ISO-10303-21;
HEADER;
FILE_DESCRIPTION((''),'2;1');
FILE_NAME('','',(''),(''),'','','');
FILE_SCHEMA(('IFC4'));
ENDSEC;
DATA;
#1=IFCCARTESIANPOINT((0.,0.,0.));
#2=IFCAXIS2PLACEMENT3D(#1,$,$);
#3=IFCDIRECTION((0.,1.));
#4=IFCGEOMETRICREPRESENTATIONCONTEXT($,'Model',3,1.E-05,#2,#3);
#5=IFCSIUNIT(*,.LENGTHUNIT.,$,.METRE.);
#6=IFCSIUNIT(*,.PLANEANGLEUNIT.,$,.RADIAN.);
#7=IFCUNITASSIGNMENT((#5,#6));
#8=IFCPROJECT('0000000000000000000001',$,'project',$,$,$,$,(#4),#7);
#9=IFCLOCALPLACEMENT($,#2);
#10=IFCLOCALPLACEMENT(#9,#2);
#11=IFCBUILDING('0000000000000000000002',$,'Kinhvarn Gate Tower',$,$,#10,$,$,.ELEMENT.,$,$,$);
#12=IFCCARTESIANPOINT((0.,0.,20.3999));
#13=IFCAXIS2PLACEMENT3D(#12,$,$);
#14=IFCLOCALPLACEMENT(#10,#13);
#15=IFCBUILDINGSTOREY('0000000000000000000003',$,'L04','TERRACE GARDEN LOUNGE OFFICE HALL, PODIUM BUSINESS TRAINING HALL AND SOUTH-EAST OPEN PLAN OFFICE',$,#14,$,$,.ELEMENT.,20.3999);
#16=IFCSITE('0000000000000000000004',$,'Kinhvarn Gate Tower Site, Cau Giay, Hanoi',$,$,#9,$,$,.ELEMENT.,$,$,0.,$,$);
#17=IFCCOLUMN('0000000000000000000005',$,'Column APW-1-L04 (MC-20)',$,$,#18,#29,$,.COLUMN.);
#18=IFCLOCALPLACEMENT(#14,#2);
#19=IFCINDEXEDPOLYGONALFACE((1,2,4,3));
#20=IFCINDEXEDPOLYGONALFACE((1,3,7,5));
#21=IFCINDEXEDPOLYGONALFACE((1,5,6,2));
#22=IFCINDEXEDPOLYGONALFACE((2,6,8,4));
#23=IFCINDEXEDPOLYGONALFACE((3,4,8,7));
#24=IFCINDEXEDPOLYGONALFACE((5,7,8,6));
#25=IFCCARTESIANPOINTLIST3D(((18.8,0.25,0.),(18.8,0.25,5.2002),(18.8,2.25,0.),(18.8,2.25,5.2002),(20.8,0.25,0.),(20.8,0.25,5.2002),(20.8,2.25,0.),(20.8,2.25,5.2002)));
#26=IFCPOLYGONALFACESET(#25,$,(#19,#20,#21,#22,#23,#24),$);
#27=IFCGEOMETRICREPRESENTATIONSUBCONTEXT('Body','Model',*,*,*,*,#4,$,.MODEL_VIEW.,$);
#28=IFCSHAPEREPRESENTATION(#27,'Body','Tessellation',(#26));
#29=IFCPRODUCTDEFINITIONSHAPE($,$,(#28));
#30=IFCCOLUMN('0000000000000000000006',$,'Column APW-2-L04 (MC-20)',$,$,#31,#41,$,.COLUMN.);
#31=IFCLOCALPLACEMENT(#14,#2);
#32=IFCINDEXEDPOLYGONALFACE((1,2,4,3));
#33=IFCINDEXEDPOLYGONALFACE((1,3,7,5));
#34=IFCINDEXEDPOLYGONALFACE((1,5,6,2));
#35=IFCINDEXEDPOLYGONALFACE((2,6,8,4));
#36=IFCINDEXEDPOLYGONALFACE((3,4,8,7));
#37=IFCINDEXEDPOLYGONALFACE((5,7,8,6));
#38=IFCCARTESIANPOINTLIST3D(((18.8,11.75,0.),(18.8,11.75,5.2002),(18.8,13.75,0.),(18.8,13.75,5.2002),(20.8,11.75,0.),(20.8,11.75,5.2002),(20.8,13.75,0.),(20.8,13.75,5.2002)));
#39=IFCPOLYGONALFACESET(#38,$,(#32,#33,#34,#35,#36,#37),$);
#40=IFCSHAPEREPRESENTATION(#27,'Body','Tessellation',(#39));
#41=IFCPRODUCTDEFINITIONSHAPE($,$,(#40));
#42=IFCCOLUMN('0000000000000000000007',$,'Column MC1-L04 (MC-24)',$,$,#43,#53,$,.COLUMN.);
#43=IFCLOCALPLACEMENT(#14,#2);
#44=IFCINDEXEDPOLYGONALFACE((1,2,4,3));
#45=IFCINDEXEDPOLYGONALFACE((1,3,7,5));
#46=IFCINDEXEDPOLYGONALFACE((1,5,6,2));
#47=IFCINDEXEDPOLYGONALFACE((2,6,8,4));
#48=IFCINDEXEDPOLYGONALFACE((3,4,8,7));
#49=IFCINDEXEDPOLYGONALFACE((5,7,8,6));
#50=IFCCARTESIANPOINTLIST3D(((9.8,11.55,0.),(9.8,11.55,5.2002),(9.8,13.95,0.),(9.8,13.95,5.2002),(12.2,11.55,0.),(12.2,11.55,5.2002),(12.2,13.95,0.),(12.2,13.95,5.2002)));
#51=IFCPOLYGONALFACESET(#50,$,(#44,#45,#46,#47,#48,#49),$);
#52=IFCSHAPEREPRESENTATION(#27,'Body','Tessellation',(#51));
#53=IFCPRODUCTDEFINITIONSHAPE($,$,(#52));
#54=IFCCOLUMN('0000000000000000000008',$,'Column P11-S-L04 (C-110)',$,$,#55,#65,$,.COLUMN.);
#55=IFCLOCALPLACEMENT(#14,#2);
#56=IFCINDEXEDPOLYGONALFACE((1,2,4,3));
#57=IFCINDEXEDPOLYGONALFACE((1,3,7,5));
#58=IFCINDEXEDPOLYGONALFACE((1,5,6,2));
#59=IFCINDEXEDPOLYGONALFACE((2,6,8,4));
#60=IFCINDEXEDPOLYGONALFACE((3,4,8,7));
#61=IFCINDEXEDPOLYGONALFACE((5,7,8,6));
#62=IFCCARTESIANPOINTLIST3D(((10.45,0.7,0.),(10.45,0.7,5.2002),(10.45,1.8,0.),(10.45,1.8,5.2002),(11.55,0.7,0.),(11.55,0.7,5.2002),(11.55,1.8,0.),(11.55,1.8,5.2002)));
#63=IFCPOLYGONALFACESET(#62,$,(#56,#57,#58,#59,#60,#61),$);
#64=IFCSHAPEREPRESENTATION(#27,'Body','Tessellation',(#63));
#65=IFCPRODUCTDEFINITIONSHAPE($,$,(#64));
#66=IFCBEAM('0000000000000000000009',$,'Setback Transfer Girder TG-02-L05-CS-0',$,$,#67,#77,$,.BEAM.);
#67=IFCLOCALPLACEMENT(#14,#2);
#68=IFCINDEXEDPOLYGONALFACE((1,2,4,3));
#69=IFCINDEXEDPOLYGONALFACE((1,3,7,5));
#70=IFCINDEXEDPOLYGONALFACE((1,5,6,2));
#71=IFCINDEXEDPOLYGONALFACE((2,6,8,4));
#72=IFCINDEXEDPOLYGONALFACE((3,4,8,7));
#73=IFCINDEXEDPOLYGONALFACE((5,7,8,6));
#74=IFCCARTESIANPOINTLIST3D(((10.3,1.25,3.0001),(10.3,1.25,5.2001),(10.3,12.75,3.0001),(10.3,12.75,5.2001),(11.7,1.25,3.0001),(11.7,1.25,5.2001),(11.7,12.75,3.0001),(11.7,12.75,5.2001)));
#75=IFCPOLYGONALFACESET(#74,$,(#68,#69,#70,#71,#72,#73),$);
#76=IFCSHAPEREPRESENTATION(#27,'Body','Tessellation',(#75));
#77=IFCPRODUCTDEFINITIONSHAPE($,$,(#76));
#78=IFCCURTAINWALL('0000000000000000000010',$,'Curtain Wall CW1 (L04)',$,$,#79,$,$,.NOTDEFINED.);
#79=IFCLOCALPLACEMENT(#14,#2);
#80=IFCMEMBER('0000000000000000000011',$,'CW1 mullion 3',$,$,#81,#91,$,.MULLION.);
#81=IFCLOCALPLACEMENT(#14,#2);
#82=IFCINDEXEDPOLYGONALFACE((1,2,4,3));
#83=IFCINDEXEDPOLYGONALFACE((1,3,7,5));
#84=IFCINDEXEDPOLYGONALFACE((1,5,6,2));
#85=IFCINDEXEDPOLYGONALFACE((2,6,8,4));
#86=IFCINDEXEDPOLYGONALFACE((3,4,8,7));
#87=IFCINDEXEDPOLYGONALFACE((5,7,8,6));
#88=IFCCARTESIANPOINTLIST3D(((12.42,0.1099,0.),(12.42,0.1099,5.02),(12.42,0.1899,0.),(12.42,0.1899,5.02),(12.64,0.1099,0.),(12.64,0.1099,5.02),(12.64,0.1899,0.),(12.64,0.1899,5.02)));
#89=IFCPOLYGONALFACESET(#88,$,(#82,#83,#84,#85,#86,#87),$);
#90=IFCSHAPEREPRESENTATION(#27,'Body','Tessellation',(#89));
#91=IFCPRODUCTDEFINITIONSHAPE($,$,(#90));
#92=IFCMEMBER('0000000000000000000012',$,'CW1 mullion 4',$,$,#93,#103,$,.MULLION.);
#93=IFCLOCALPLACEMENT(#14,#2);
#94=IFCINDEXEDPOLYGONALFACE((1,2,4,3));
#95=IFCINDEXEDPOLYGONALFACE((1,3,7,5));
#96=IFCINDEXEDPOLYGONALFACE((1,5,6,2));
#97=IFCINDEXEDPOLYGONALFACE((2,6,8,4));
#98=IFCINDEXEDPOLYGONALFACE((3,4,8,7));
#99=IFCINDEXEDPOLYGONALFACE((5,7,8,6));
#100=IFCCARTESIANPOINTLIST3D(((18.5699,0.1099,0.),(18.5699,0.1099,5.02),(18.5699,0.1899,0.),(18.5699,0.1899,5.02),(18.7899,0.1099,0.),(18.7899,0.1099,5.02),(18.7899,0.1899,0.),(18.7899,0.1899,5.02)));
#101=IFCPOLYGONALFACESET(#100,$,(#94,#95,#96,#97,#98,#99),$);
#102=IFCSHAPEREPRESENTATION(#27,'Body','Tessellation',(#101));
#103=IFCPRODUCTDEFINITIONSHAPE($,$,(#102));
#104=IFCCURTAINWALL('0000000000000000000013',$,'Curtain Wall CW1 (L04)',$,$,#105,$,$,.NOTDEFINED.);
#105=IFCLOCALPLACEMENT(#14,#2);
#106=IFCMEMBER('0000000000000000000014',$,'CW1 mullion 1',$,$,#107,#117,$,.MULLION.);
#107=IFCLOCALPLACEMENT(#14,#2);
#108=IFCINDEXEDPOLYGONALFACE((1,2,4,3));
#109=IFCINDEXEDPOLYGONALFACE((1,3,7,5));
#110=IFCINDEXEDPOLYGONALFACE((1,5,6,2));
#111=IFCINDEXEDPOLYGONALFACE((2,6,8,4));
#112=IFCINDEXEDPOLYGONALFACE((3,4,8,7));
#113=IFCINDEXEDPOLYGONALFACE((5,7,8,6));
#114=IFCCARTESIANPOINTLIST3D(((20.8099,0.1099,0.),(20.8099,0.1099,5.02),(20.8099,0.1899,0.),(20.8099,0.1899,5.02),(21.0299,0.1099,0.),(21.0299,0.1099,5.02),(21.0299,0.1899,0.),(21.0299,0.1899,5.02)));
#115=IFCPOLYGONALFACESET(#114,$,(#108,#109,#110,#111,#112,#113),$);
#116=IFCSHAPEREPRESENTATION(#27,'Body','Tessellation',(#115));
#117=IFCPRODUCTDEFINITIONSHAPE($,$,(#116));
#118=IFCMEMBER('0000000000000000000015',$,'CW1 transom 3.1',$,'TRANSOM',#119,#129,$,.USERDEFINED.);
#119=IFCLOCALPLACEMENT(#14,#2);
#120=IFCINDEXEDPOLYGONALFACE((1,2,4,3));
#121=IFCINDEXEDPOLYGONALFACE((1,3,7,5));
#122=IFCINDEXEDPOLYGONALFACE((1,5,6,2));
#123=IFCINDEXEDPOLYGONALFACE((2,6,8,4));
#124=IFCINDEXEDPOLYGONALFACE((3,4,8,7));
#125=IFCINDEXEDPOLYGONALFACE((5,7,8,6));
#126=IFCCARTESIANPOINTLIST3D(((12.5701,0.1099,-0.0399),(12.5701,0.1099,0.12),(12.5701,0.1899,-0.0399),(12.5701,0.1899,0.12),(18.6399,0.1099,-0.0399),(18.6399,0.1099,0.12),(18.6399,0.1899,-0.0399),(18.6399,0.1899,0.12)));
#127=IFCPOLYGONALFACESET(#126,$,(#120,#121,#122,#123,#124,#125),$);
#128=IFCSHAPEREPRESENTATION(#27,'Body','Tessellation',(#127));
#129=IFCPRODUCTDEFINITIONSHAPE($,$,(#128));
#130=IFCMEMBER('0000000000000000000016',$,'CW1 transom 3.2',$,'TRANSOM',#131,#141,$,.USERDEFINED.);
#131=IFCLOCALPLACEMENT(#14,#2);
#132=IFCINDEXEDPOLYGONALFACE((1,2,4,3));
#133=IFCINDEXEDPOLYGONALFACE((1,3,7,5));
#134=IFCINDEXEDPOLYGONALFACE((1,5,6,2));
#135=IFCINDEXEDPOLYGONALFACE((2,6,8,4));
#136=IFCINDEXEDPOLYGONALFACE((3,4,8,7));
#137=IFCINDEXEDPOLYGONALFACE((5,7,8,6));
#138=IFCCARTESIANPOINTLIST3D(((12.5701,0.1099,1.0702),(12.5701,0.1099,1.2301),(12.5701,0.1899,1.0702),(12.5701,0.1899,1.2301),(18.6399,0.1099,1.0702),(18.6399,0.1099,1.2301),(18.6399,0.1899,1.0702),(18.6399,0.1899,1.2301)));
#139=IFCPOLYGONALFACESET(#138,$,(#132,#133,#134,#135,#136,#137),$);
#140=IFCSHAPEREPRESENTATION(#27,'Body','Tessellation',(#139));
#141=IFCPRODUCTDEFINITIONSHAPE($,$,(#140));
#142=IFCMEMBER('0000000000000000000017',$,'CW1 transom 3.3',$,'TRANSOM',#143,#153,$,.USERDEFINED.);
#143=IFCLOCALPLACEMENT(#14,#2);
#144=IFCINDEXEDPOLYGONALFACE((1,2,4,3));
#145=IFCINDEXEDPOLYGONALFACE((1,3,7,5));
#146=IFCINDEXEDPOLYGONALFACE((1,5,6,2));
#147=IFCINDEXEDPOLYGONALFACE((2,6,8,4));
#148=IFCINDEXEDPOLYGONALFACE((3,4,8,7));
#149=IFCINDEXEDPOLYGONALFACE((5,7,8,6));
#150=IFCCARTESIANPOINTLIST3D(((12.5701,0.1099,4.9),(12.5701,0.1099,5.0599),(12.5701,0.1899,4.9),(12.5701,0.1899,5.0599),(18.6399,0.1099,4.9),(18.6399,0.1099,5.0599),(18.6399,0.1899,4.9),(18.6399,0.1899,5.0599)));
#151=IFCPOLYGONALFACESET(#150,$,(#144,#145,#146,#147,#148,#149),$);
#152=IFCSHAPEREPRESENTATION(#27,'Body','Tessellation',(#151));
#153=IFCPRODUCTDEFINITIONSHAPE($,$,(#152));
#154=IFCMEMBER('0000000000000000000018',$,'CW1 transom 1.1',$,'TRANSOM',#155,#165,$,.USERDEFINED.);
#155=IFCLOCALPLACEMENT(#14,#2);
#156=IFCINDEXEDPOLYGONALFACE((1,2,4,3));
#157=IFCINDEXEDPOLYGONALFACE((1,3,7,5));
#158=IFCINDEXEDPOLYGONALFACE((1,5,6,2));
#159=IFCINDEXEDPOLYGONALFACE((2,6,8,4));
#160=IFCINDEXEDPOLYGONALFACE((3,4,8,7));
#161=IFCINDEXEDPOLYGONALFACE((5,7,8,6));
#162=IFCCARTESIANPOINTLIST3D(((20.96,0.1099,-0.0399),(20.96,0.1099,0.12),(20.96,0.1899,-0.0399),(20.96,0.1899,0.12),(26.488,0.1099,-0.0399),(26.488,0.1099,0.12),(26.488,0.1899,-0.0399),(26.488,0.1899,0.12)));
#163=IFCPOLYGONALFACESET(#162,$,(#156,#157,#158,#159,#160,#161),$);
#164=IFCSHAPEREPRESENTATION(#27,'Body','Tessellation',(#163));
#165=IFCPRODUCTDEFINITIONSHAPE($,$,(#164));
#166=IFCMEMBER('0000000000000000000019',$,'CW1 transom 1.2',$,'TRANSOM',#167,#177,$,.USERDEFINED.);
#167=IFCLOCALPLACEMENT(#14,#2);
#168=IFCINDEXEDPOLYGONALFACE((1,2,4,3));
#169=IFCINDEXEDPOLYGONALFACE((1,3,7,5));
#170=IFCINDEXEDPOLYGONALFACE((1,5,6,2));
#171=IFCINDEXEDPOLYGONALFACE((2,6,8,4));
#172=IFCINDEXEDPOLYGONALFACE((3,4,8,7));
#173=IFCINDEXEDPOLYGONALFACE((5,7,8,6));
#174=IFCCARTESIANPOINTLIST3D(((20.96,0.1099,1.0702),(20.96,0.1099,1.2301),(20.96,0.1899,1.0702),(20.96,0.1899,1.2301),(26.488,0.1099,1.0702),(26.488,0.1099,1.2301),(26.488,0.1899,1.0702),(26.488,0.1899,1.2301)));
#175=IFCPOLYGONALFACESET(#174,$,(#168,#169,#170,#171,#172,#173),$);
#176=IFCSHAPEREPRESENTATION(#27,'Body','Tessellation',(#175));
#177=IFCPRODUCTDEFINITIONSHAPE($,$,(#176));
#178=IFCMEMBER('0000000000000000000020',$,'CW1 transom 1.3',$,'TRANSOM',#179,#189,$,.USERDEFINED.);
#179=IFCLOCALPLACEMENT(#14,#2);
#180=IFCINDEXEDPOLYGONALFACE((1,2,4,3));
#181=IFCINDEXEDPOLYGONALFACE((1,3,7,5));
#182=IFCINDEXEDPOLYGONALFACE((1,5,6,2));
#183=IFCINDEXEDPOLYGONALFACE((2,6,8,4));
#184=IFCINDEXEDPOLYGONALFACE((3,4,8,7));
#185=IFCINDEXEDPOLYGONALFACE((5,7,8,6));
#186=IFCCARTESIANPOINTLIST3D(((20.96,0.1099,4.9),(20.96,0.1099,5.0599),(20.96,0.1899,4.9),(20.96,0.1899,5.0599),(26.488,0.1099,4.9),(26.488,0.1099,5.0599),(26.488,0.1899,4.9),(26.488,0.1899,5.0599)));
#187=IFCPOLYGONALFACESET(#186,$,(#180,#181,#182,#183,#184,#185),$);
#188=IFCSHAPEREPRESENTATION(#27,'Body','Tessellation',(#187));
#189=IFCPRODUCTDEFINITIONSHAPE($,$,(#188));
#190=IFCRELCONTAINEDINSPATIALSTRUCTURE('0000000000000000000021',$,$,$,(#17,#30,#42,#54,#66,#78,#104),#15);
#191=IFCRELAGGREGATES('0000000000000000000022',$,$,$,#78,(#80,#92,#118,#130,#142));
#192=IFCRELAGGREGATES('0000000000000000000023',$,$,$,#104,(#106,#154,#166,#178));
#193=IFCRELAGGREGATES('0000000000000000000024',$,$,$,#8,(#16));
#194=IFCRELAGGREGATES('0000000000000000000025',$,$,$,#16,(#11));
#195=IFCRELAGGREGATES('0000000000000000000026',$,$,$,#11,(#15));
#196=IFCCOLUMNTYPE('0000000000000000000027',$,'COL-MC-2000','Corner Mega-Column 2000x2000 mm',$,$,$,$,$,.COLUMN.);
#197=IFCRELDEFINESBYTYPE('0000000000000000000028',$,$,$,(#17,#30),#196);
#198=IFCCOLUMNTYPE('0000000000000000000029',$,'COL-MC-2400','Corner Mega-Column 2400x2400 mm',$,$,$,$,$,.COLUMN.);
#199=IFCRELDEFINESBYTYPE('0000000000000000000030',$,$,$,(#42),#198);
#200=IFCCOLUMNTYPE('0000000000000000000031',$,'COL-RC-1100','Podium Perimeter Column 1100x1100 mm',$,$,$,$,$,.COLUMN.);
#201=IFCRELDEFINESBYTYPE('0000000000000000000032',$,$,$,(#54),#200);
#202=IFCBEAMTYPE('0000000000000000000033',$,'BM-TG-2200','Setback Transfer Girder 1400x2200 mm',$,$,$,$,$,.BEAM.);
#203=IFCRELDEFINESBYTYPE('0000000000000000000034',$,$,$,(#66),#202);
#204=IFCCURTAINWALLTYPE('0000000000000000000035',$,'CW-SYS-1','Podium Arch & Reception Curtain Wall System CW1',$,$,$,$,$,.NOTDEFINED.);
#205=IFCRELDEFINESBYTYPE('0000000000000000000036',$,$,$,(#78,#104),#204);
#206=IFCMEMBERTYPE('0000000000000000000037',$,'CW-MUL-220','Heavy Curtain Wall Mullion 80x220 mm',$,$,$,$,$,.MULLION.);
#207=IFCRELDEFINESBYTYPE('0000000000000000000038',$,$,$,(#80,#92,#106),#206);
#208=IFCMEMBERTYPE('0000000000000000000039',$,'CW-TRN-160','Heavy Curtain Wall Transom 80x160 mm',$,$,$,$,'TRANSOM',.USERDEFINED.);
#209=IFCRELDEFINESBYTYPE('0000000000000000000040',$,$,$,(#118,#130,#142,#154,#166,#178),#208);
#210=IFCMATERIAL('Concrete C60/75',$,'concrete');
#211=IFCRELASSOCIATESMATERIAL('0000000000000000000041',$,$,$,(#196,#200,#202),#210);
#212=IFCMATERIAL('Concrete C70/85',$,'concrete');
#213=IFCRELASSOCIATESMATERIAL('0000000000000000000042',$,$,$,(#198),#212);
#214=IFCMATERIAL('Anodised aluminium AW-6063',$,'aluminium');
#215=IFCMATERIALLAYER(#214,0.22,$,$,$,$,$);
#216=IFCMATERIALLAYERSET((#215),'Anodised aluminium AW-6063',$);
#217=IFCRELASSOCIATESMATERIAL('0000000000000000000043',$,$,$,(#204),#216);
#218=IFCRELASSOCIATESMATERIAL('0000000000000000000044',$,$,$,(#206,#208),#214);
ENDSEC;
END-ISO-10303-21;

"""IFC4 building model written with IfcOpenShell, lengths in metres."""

from ifc_helpers import new_model, si_unit, direction, frame, origin, origin_2d, place, context, subcontext, project, spatial, rectangle, extrude, material, layer, layer_set, material_profile, profile_set, type_object, element, aggregate, save


model = new_model("IFC4")

# Units and contexts
model_context = context("Model", 3, precision=1e-05, world=origin(), true_north=direction((0.0, 1.0)))
body_context = subcontext(model_context, "Body", "Model", "MODEL_VIEW")
ifc_project = project(units=[si_unit("LENGTHUNIT", "METRE"), si_unit("PLANEANGLEUNIT", "RADIAN")], contexts=[model_context])

# Site, building, storey
site_placement = place(None, origin())
site = spatial("IfcSite", under=ifc_project, at=site_placement, Name="Kinhvarn Gate Tower Site, Cau Giay, Hanoi", CompositionType="ELEMENT", RefElevation=0.0)
building_placement = place(site_placement, origin())
building = spatial("IfcBuilding", under=site, at=building_placement, Name="Kinhvarn Gate Tower", CompositionType="ELEMENT")
storey_placement = place(building_placement, frame((0.0, 0.0, 20.3999)))
storey = spatial("IfcBuildingStorey", under=building, at=storey_placement, Name="L04", Description="TERRACE GARDEN LOUNGE OFFICE HALL, PODIUM BUSINESS TRAINING HALL AND SOUTH-EAST OPEN PLAN OFFICE", CompositionType="ELEMENT", Elevation=20.3999)

# Columns
ifc_material_1 = material(Name="Concrete C60/75", Category="concrete")
ifc_material_profile_1 = material_profile(ifc_material_1, rectangle(XDim=2.0, YDim=2.0, at=origin_2d()), Name="RC 2000x2000")
ifc_profile_set_1 = profile_set([ifc_material_profile_1], Name="Concrete C60/75")
column_type_1 = type_object("IfcColumnType", Name="COL-MC-2000", Description="Corner Mega-Column 2000x2000 mm", PredefinedType="COLUMN", material=ifc_profile_set_1)
for number, where, z_axis, x_axis, name in (
    (1, (19.8, 1.25, 0.0), (0.0, 0.0, 1.0), (1.0, 0.0, 0.0), "Column APW-1-L04 (MC-20)"),
    (2, (19.8, 12.75, 0.0), (0.0, 0.0, 1.0), (1.0, 0.0, 0.0), "Column APW-2-L04 (MC-20)"),
):
    element("IfcColumn", number, at=place(storey_placement, frame(where, z_axis=z_axis, x_axis=x_axis)), inside=storey, type_object=column_type_1, Name=name, PredefinedType="COLUMN", context=body_context, shape_type="SweptSolid", body=[
        extrude(rectangle(XDim=2.0, YDim=2.0, at=origin_2d()), origin(), (0.0, 0.0, 1.0), 5.2002),
    ])
ifc_material_2 = material(Name="Concrete C70/85", Category="concrete")
ifc_material_profile_2 = material_profile(ifc_material_2, rectangle(XDim=2.3999, YDim=2.3999, at=origin_2d()), Name="RC 2400x2400")
ifc_profile_set_2 = profile_set([ifc_material_profile_2], Name="Concrete C70/85")
column_type_2 = type_object("IfcColumnType", Name="COL-MC-2400", Description="Corner Mega-Column 2400x2400 mm", PredefinedType="COLUMN", material=ifc_profile_set_2)
column_1_placement = place(storey_placement, frame((11.0, 12.75, 0.0), z_axis=(0.0, 0.0, 1.0), x_axis=(1.0, 0.0, 0.0)))
element("IfcColumn", 3, at=column_1_placement, inside=storey, type_object=column_type_2, Name="Column MC1-L04 (MC-24)", PredefinedType="COLUMN", context=body_context, shape_type="SweptSolid", body=[
    extrude(rectangle(XDim=2.3999, YDim=2.3999, at=origin_2d()), origin(), (0.0, 0.0, 1.0), 5.2002),
])
ifc_material_profile_3 = material_profile(ifc_material_1, rectangle(XDim=1.1001, YDim=1.1001, at=origin_2d()), Name="RC 1100x1100")
ifc_profile_set_3 = profile_set([ifc_material_profile_3], Name="Concrete C60/75")
column_type_3 = type_object("IfcColumnType", Name="COL-RC-1100", Description="Podium Perimeter Column 1100x1100 mm", PredefinedType="COLUMN", material=ifc_profile_set_3)
column_2_placement = place(storey_placement, frame((11.0, 1.25, 0.0), z_axis=(0.0, 0.0, 1.0), x_axis=(1.0, 0.0, 0.0)))
element("IfcColumn", 4, at=column_2_placement, inside=storey, type_object=column_type_3, Name="Column P11-S-L04 (C-110)", PredefinedType="COLUMN", context=body_context, shape_type="SweptSolid", body=[
    extrude(rectangle(XDim=1.1001, YDim=1.1001, at=origin_2d()), origin(), (0.0, 0.0, 1.0), 5.2002),
])

# Beam
ifc_material_profile_4 = material_profile(ifc_material_1, rectangle(XDim=1.3999, YDim=2.2, at=origin_2d()), Name="RC 1400x2200")
ifc_profile_set_4 = profile_set([ifc_material_profile_4], Name="Concrete C60/75")
beam_type_1 = type_object("IfcBeamType", Name="BM-TG-2200", Description="Setback Transfer Girder 1400x2200 mm", PredefinedType="BEAM", material=ifc_profile_set_4)
beam_1_placement = place(storey_placement, frame((11.0, 1.25, 4.1001), z_axis=(0.0, 1.0, 0.0), x_axis=(-1.0, 0.0, 0.0)))
element("IfcBeam", 5, at=beam_1_placement, inside=storey, type_object=beam_type_1, Name="Setback Transfer Girder TG-02-L05-CS-0", PredefinedType="BEAM", context=body_context, shape_type="SweptSolid", body=[
    extrude(rectangle(XDim=1.3999, YDim=2.2, at=origin_2d()), origin(), (0.0, 0.0, 1.0), 11.5),
])

# Curtain wall, members
ifc_material_3 = material(Name="Anodised aluminium AW-6063", Category="aluminium")
ifc_layer_1 = layer(ifc_material_3, 0.22)
ifc_layer_set_1 = layer_set([ifc_layer_1], Name="Anodised aluminium AW-6063")
curtain_wall_type = type_object("IfcCurtainWallType", Name="CW-SYS-1", Description="Podium Arch & Reception Curtain Wall System CW1", PredefinedType="NOTDEFINED", material=ifc_layer_set_1)
curtain_wall_1_placement = place(storey_placement, origin())
curtain_wall_1 = element("IfcCurtainWall", 6, at=curtain_wall_1_placement, inside=storey, type_object=curtain_wall_type, Name="Curtain Wall CW1 (L04)", PredefinedType="NOTDEFINED")
ifc_material_profile_5 = material_profile(ifc_material_3, rectangle(XDim=0.0801, YDim=0.22, at=origin_2d()), Name="ALU 80x220")
ifc_profile_set_5 = profile_set([ifc_material_profile_5], Name="Anodised aluminium AW-6063")
member_type_1 = type_object("IfcMemberType", Name="CW-MUL-220", Description="Heavy Curtain Wall Mullion 80x220 mm", PredefinedType="MULLION", material=ifc_profile_set_5)
member_1_placement = place(storey_placement, frame((12.53, 0.1499, 0.0), z_axis=(0.0, 0.0, 1.0), x_axis=(0.0, 1.0, 0.0)))
member_1 = element("IfcMember", 7, at=member_1_placement, type_object=member_type_1, Name="CW1 mullion 3", PredefinedType="MULLION", context=body_context, shape_type="SweptSolid", body=[
    extrude(rectangle(XDim=0.0801, YDim=0.22, at=origin_2d()), origin(), (0.0, 0.0, 1.0), 5.02),
])
member_2_placement = place(storey_placement, frame((18.6799, 0.1499, 0.0), z_axis=(0.0, 0.0, 1.0), x_axis=(0.0, 1.0, 0.0)))
member_2 = element("IfcMember", 8, at=member_2_placement, type_object=member_type_1, Name="CW1 mullion 4", PredefinedType="MULLION", context=body_context, shape_type="SweptSolid", body=[
    extrude(rectangle(XDim=0.0801, YDim=0.22, at=origin_2d()), origin(), (0.0, 0.0, 1.0), 5.02),
])

# Curtain wall, member
curtain_wall_2_placement = place(storey_placement, origin())
curtain_wall_2 = element("IfcCurtainWall", 9, at=curtain_wall_2_placement, inside=storey, type_object=curtain_wall_type, Name="Curtain Wall CW1 (L04)", PredefinedType="NOTDEFINED")
member_3_placement = place(storey_placement, frame((20.9199, 0.1499, 0.0), z_axis=(0.0, 0.0, 1.0), x_axis=(0.0, 1.0, 0.0)))
member_3 = element("IfcMember", 10, at=member_3_placement, type_object=member_type_1, Name="CW1 mullion 1", PredefinedType="MULLION", context=body_context, shape_type="SweptSolid", body=[
    extrude(rectangle(XDim=0.0801, YDim=0.22, at=origin_2d()), origin(), (0.0, 0.0, 1.0), 5.02),
])

# Members
ifc_material_profile_6 = material_profile(ifc_material_3, rectangle(XDim=0.0801, YDim=0.1599, at=origin_2d()), Name="ALU 80x160")
ifc_profile_set_6 = profile_set([ifc_material_profile_6], Name="Anodised aluminium AW-6063")
member_type_2 = type_object("IfcMemberType", Name="CW-TRN-160", Description="Heavy Curtain Wall Transom 80x160 mm", ElementType="TRANSOM", PredefinedType="USERDEFINED", material=ifc_profile_set_6)
member_4_placement = place(storey_placement, frame((12.5701, 0.1499, 0.04), z_axis=(1.0, 0.0, 0.0), x_axis=(0.0, 1.0, 0.0)))
member_4 = element("IfcMember", 11, at=member_4_placement, type_object=member_type_2, Name="CW1 transom 3.1", ObjectType="TRANSOM", PredefinedType="USERDEFINED", context=body_context, shape_type="SweptSolid", body=[
    extrude(rectangle(XDim=0.0801, YDim=0.1599, at=origin_2d()), origin(), (0.0, 0.0, 1.0), 6.0698),
])
member_5_placement = place(storey_placement, frame((12.5701, 0.1499, 1.1501), z_axis=(1.0, 0.0, 0.0), x_axis=(0.0, 1.0, 0.0)))
member_5 = element("IfcMember", 12, at=member_5_placement, type_object=member_type_2, Name="CW1 transom 3.2", ObjectType="TRANSOM", PredefinedType="USERDEFINED", context=body_context, shape_type="SweptSolid", body=[
    extrude(rectangle(XDim=0.0801, YDim=0.1599, at=origin_2d()), origin(), (0.0, 0.0, 1.0), 6.0698),
])
member_6_placement = place(storey_placement, frame((12.5701, 0.1499, 4.98), z_axis=(1.0, 0.0, 0.0), x_axis=(0.0, 1.0, 0.0)))
member_6 = element("IfcMember", 13, at=member_6_placement, type_object=member_type_2, Name="CW1 transom 3.3", ObjectType="TRANSOM", PredefinedType="USERDEFINED", context=body_context, shape_type="SweptSolid", body=[
    extrude(rectangle(XDim=0.0801, YDim=0.1599, at=origin_2d()), origin(), (0.0, 0.0, 1.0), 6.0698),
])
member_7_placement = place(storey_placement, frame((20.96, 0.1499, 0.04), z_axis=(1.0, 0.0, 0.0), x_axis=(0.0, 1.0, 0.0)))
member_7 = element("IfcMember", 14, at=member_7_placement, type_object=member_type_2, Name="CW1 transom 1.1", ObjectType="TRANSOM", PredefinedType="USERDEFINED", context=body_context, shape_type="SweptSolid", body=[
    extrude(rectangle(XDim=0.0801, YDim=0.1599, at=origin_2d()), origin(), (0.0, 0.0, 1.0), 5.5281),
])
member_8_placement = place(storey_placement, frame((20.96, 0.1499, 1.1501), z_axis=(1.0, 0.0, 0.0), x_axis=(0.0, 1.0, 0.0)))
member_8 = element("IfcMember", 15, at=member_8_placement, type_object=member_type_2, Name="CW1 transom 1.2", ObjectType="TRANSOM", PredefinedType="USERDEFINED", context=body_context, shape_type="SweptSolid", body=[
    extrude(rectangle(XDim=0.0801, YDim=0.1599, at=origin_2d()), origin(), (0.0, 0.0, 1.0), 5.5281),
])
member_9_placement = place(storey_placement, frame((20.96, 0.1499, 4.98), z_axis=(1.0, 0.0, 0.0), x_axis=(0.0, 1.0, 0.0)))
member_9 = element("IfcMember", 16, at=member_9_placement, type_object=member_type_2, Name="CW1 transom 1.3", ObjectType="TRANSOM", PredefinedType="USERDEFINED", context=body_context, shape_type="SweptSolid", body=[
    extrude(rectangle(XDim=0.0801, YDim=0.1599, at=origin_2d()), origin(), (0.0, 0.0, 1.0), 5.5281),
])

aggregate(curtain_wall_1, [member_1, member_2, member_4, member_5, member_6])
aggregate(curtain_wall_2, [member_3, member_7, member_8, member_9])

save(model, "model.ifc")
